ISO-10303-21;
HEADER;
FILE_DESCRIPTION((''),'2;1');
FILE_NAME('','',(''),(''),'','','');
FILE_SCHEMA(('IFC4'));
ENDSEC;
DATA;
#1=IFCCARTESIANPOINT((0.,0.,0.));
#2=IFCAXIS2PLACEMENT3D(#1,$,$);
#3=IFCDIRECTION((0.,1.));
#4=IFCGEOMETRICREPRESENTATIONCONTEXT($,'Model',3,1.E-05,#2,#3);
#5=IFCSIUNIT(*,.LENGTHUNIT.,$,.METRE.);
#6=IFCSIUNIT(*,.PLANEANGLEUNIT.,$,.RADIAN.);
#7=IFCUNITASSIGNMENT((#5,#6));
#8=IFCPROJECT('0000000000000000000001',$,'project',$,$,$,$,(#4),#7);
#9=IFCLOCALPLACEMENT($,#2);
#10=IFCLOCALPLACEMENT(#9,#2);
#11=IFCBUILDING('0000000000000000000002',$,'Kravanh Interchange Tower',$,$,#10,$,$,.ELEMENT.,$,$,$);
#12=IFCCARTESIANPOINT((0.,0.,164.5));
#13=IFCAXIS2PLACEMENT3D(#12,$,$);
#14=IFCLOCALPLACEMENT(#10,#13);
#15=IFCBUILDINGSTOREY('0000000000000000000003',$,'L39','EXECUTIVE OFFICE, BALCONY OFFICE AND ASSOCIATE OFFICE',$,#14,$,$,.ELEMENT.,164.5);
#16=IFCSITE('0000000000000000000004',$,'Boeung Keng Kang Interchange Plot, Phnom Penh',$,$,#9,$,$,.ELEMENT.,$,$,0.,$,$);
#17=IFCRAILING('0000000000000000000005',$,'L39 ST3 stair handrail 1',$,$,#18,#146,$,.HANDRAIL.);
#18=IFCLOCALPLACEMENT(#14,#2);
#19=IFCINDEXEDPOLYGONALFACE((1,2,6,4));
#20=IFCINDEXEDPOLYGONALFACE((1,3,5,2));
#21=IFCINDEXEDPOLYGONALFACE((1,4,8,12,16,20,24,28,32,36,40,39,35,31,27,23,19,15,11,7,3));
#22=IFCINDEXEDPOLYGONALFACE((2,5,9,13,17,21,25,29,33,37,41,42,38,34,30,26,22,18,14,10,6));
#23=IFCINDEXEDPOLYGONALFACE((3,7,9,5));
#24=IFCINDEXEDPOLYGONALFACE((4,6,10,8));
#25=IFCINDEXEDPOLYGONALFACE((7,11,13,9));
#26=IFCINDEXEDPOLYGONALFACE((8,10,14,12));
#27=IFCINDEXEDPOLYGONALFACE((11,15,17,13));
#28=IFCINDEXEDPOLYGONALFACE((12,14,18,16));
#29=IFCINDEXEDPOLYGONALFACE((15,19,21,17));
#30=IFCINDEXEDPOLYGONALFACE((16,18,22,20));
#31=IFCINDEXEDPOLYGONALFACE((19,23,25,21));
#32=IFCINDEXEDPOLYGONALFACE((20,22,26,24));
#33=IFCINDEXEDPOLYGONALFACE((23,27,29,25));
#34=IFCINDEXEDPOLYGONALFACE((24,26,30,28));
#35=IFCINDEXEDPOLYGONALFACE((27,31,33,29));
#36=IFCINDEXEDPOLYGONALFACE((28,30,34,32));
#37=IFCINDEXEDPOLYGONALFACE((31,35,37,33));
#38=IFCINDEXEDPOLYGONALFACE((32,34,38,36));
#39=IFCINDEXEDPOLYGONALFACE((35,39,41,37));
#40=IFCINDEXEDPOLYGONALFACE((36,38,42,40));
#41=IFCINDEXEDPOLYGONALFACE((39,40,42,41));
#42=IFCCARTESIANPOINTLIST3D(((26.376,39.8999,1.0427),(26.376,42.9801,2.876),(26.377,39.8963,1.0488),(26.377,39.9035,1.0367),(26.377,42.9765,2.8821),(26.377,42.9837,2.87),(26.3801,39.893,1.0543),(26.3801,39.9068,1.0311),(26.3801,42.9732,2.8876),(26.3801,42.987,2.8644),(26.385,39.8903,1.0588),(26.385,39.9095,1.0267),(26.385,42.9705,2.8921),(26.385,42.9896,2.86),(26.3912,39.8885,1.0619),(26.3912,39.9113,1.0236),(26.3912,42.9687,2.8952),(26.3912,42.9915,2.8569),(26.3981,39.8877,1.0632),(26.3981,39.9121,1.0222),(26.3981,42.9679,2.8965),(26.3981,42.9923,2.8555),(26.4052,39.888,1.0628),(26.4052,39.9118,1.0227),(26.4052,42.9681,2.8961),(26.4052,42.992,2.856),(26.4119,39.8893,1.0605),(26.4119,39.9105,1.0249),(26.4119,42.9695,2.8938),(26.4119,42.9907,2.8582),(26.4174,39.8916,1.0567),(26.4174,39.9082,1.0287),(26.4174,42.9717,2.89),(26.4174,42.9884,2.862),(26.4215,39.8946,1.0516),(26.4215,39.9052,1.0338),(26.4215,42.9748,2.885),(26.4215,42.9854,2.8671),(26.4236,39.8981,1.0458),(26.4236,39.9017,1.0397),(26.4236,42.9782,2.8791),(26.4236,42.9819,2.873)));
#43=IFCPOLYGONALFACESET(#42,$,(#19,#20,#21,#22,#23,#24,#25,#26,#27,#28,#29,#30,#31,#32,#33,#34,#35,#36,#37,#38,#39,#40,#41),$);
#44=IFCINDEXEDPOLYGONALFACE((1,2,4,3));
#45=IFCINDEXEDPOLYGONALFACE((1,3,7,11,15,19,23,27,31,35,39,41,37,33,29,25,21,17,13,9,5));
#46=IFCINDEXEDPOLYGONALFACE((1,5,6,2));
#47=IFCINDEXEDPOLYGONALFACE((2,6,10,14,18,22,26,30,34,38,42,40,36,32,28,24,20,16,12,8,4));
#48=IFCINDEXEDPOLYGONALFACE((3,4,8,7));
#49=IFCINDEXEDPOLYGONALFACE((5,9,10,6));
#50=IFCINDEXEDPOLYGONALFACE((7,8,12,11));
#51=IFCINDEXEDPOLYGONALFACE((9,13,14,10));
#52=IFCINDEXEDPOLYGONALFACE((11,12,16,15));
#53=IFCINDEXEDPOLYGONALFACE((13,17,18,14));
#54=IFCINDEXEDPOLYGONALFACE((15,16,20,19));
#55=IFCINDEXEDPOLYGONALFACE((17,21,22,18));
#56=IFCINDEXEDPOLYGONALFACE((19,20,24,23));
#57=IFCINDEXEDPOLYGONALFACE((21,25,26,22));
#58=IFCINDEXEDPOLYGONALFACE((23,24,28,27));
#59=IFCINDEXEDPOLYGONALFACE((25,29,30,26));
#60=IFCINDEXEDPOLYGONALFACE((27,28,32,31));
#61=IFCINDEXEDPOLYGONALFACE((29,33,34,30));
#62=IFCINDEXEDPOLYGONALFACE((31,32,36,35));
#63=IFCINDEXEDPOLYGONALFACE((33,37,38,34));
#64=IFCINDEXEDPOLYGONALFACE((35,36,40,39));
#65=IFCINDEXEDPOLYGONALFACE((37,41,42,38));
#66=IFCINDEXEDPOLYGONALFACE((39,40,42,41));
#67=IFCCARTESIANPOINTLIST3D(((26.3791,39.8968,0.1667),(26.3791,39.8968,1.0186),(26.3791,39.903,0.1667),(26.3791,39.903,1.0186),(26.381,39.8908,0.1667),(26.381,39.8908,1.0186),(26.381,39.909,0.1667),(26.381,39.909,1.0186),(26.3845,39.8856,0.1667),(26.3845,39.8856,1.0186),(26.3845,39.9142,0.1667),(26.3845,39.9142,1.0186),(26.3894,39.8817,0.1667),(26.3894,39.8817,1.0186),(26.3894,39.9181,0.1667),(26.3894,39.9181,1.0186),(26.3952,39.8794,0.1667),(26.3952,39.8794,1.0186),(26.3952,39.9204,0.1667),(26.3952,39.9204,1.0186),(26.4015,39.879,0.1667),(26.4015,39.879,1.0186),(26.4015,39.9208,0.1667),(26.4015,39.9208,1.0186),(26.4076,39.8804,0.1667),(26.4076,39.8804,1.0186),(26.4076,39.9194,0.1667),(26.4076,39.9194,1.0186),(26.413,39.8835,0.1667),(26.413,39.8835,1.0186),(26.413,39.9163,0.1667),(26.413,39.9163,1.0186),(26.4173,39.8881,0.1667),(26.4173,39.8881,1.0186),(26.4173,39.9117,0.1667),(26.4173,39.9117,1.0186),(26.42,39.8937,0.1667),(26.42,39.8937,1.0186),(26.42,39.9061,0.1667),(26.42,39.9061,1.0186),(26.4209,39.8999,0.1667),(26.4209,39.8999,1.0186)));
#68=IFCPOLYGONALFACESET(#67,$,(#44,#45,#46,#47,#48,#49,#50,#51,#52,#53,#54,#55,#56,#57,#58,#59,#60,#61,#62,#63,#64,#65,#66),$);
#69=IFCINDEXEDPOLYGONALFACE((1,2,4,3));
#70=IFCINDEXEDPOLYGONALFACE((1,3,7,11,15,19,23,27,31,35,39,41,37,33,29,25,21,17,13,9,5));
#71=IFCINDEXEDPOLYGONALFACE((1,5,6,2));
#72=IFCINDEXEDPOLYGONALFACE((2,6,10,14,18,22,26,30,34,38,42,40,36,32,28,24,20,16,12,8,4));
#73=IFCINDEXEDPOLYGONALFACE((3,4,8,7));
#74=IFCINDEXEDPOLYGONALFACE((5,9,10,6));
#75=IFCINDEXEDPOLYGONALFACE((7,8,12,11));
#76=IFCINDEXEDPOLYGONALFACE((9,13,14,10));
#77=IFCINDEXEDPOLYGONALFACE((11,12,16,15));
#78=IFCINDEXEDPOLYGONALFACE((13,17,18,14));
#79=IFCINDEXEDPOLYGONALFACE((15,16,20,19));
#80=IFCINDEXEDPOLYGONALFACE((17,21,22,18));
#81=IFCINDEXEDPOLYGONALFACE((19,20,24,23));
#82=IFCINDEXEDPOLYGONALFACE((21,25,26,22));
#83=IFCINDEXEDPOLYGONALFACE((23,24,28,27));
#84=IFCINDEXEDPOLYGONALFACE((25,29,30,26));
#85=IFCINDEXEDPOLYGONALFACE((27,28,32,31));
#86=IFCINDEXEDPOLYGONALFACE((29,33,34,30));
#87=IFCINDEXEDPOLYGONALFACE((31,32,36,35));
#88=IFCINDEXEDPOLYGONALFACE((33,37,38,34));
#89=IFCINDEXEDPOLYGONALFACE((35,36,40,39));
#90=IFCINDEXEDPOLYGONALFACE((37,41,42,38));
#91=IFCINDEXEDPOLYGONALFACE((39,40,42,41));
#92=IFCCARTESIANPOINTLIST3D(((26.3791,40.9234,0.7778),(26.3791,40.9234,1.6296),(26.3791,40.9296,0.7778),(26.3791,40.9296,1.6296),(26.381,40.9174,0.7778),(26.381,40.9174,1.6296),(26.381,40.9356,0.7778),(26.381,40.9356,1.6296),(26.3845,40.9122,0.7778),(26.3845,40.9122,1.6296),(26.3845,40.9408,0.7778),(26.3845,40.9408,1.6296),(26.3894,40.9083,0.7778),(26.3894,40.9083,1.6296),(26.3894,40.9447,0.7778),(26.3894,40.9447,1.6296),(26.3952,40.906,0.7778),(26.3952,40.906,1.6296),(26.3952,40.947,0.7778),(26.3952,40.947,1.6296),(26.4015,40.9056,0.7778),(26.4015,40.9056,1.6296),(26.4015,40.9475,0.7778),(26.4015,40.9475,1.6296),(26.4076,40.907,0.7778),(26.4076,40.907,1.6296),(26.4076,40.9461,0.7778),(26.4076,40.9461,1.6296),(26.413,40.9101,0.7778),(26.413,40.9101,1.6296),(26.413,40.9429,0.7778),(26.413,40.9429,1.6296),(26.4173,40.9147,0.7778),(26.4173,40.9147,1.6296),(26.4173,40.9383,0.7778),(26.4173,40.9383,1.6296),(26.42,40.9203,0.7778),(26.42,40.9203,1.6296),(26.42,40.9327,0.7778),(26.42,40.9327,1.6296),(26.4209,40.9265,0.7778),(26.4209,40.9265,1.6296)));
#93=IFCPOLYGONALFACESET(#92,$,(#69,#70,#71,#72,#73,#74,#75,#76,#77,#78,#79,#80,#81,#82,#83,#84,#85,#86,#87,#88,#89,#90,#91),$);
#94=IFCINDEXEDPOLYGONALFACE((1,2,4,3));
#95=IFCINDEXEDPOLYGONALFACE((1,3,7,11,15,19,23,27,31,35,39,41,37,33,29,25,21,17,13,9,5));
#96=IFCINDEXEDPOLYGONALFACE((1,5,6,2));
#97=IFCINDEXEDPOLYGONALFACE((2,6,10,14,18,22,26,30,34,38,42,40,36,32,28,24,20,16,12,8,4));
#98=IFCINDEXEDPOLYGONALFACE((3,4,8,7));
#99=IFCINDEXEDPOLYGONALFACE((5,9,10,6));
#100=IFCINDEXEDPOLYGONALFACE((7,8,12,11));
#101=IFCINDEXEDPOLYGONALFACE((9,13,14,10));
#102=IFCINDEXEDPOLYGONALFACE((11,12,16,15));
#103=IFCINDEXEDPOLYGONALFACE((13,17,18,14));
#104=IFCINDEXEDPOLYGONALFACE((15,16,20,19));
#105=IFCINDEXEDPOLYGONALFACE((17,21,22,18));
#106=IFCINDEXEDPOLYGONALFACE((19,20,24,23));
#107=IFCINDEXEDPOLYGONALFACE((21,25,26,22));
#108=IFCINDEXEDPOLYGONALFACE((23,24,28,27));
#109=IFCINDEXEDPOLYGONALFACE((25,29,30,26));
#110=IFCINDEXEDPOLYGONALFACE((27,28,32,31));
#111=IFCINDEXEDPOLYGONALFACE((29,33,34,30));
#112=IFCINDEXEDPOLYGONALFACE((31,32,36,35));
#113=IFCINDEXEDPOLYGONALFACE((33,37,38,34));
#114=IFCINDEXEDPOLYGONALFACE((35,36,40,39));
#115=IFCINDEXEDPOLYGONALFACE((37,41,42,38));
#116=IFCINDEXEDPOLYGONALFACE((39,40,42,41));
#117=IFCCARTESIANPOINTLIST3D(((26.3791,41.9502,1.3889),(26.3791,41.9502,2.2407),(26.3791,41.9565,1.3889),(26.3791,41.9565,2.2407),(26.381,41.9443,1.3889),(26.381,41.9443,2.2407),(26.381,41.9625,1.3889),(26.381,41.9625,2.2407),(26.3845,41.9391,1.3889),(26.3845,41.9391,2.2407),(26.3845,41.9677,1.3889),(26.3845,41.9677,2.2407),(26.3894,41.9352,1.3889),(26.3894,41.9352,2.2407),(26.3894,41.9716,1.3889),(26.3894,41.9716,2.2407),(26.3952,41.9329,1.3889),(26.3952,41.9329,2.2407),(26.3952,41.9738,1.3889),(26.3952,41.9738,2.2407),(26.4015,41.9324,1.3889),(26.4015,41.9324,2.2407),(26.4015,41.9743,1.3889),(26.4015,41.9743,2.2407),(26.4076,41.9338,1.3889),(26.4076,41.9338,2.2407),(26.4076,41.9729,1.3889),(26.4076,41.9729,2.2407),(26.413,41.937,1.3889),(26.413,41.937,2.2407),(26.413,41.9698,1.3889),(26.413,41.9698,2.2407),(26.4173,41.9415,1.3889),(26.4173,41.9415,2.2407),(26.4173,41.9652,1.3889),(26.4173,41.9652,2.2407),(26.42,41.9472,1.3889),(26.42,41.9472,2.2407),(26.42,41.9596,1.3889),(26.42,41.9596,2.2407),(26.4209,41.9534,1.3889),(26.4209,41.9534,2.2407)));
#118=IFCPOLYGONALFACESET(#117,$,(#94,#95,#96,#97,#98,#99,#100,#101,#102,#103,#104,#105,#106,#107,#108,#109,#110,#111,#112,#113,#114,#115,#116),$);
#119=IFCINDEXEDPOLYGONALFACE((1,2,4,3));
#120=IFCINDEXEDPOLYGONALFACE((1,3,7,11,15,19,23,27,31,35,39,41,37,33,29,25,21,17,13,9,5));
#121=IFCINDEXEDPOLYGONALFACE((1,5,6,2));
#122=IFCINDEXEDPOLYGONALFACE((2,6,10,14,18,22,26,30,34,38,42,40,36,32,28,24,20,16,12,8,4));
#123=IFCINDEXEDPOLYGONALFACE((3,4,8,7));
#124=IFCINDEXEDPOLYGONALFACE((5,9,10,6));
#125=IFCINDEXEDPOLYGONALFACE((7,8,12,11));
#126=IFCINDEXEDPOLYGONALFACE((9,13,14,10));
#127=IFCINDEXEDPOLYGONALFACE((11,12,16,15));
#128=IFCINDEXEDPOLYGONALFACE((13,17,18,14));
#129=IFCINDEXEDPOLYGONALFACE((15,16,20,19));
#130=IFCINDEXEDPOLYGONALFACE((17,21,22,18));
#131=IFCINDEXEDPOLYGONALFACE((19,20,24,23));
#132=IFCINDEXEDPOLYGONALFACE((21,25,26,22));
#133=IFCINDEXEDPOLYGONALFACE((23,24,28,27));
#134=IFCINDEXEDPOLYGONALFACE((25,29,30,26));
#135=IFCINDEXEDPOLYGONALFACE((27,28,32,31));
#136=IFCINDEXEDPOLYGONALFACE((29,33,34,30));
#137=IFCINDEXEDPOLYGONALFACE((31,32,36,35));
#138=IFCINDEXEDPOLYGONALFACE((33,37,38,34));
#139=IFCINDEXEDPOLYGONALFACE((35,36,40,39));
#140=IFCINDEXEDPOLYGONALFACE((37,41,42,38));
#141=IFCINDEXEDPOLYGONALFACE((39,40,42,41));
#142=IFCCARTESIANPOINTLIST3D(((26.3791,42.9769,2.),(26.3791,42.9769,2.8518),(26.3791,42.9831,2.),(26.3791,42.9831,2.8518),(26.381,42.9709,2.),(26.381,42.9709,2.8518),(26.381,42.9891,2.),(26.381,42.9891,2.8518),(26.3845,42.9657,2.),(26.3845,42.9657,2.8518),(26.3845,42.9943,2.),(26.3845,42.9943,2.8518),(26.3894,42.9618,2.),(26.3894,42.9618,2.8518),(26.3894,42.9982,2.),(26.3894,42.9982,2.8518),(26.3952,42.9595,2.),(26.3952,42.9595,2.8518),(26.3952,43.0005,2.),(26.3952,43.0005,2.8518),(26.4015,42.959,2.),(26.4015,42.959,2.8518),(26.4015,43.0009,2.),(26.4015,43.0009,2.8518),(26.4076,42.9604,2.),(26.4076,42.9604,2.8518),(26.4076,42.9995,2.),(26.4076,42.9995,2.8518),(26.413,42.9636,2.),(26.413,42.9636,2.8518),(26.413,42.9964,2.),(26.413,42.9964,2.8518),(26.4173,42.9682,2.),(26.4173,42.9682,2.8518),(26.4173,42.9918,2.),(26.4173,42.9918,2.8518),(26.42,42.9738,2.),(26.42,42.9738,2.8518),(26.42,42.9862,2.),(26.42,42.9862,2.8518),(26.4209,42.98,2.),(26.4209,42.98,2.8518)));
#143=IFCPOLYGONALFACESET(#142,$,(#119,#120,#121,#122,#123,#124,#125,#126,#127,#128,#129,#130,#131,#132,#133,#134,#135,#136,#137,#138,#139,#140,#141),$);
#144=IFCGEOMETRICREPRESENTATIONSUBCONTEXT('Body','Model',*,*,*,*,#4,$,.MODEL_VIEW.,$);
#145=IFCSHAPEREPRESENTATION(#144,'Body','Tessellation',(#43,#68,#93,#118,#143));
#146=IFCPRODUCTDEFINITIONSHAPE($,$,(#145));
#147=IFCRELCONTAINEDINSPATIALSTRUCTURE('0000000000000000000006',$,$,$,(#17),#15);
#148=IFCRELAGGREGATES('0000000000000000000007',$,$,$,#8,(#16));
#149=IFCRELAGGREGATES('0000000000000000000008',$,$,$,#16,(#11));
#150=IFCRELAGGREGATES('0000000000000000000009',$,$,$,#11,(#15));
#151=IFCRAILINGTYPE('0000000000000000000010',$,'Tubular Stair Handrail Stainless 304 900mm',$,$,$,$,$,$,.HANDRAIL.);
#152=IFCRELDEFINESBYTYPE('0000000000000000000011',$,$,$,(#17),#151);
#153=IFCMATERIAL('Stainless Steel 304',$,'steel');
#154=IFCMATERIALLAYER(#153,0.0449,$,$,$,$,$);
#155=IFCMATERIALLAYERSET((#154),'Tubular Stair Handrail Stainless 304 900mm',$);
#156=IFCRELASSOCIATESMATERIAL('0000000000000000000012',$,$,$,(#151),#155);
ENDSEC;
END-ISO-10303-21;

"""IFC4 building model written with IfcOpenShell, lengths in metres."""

from ifc_helpers import new_model, si_unit, direction, frame, origin, origin_2d, place, context, subcontext, project, spatial, circle, extrude, material, layer, layer_set, type_object, element, save


model = new_model("IFC4")

# Units and contexts
model_context = context("Model", 3, precision=1e-05, world=origin(), true_north=direction((0.0, 1.0)))
body_context = subcontext(model_context, "Body", "Model", "MODEL_VIEW")
ifc_project = project(units=[si_unit("LENGTHUNIT", "METRE"), si_unit("PLANEANGLEUNIT", "RADIAN")], contexts=[model_context])

# Site, building, storey
site_placement = place(None, origin())
site = spatial("IfcSite", under=ifc_project, at=site_placement, Name="Boeung Keng Kang Interchange Plot, Phnom Penh", CompositionType="ELEMENT", RefElevation=0.0)
building_placement = place(site_placement, origin())
building = spatial("IfcBuilding", under=site, at=building_placement, Name="Kravanh Interchange Tower", CompositionType="ELEMENT")
storey_placement = place(building_placement, frame((0.0, 0.0, 164.5)))
storey = spatial("IfcBuildingStorey", under=building, at=storey_placement, Name="L39", Description="EXECUTIVE OFFICE, BALCONY OFFICE AND ASSOCIATE OFFICE", CompositionType="ELEMENT", Elevation=164.5)

# Railing
ifc_material_1 = material(Name="Stainless Steel 304", Category="steel")
ifc_layer_1 = layer(ifc_material_1, 0.0449)
ifc_layer_set_1 = layer_set([ifc_layer_1], Name="Tubular Stair Handrail Stainless 304 900mm")
railing_type_1 = type_object("IfcRailingType", Name="Tubular Stair Handrail Stainless 304 900mm", PredefinedType="HANDRAIL", material=ifc_layer_set_1)
railing_1_placement = place(storey_placement, frame((26.3999, 39.8999, 0.1667)))
element("IfcRailing", 1, at=railing_1_placement, inside=storey, type_object=railing_type_1, Name="L39 ST3 stair handrail 1", PredefinedType="HANDRAIL", context=body_context, shape_type="SweptSolid", body=[
    extrude(circle(Radius=0.0239, at=origin_2d()), frame((0.0, 0.0, 0.876), z_axis=(0.0, 0.859309, 0.511458), x_axis=(-1.0, 0.0, 0.0)), (0.0, 0.0, 1.0), 3.5845),
    extrude(circle(Radius=0.021, at=origin_2d()), origin(), (0.0, 0.0, 1.0), 0.8518),
    extrude(circle(Radius=0.021, at=origin_2d()), frame((0.0, 1.0266, 0.6111)), (0.0, 0.0, 1.0), 0.8518),
    extrude(circle(Radius=0.021, at=origin_2d()), frame((0.0, 2.0535, 1.2222)), (0.0, 0.0, 1.0), 0.8518),
    extrude(circle(Radius=0.021, at=origin_2d()), frame((0.0, 3.0801, 1.8333)), (0.0, 0.0, 1.0), 0.8518),
])

save(model, "model.ifc")
